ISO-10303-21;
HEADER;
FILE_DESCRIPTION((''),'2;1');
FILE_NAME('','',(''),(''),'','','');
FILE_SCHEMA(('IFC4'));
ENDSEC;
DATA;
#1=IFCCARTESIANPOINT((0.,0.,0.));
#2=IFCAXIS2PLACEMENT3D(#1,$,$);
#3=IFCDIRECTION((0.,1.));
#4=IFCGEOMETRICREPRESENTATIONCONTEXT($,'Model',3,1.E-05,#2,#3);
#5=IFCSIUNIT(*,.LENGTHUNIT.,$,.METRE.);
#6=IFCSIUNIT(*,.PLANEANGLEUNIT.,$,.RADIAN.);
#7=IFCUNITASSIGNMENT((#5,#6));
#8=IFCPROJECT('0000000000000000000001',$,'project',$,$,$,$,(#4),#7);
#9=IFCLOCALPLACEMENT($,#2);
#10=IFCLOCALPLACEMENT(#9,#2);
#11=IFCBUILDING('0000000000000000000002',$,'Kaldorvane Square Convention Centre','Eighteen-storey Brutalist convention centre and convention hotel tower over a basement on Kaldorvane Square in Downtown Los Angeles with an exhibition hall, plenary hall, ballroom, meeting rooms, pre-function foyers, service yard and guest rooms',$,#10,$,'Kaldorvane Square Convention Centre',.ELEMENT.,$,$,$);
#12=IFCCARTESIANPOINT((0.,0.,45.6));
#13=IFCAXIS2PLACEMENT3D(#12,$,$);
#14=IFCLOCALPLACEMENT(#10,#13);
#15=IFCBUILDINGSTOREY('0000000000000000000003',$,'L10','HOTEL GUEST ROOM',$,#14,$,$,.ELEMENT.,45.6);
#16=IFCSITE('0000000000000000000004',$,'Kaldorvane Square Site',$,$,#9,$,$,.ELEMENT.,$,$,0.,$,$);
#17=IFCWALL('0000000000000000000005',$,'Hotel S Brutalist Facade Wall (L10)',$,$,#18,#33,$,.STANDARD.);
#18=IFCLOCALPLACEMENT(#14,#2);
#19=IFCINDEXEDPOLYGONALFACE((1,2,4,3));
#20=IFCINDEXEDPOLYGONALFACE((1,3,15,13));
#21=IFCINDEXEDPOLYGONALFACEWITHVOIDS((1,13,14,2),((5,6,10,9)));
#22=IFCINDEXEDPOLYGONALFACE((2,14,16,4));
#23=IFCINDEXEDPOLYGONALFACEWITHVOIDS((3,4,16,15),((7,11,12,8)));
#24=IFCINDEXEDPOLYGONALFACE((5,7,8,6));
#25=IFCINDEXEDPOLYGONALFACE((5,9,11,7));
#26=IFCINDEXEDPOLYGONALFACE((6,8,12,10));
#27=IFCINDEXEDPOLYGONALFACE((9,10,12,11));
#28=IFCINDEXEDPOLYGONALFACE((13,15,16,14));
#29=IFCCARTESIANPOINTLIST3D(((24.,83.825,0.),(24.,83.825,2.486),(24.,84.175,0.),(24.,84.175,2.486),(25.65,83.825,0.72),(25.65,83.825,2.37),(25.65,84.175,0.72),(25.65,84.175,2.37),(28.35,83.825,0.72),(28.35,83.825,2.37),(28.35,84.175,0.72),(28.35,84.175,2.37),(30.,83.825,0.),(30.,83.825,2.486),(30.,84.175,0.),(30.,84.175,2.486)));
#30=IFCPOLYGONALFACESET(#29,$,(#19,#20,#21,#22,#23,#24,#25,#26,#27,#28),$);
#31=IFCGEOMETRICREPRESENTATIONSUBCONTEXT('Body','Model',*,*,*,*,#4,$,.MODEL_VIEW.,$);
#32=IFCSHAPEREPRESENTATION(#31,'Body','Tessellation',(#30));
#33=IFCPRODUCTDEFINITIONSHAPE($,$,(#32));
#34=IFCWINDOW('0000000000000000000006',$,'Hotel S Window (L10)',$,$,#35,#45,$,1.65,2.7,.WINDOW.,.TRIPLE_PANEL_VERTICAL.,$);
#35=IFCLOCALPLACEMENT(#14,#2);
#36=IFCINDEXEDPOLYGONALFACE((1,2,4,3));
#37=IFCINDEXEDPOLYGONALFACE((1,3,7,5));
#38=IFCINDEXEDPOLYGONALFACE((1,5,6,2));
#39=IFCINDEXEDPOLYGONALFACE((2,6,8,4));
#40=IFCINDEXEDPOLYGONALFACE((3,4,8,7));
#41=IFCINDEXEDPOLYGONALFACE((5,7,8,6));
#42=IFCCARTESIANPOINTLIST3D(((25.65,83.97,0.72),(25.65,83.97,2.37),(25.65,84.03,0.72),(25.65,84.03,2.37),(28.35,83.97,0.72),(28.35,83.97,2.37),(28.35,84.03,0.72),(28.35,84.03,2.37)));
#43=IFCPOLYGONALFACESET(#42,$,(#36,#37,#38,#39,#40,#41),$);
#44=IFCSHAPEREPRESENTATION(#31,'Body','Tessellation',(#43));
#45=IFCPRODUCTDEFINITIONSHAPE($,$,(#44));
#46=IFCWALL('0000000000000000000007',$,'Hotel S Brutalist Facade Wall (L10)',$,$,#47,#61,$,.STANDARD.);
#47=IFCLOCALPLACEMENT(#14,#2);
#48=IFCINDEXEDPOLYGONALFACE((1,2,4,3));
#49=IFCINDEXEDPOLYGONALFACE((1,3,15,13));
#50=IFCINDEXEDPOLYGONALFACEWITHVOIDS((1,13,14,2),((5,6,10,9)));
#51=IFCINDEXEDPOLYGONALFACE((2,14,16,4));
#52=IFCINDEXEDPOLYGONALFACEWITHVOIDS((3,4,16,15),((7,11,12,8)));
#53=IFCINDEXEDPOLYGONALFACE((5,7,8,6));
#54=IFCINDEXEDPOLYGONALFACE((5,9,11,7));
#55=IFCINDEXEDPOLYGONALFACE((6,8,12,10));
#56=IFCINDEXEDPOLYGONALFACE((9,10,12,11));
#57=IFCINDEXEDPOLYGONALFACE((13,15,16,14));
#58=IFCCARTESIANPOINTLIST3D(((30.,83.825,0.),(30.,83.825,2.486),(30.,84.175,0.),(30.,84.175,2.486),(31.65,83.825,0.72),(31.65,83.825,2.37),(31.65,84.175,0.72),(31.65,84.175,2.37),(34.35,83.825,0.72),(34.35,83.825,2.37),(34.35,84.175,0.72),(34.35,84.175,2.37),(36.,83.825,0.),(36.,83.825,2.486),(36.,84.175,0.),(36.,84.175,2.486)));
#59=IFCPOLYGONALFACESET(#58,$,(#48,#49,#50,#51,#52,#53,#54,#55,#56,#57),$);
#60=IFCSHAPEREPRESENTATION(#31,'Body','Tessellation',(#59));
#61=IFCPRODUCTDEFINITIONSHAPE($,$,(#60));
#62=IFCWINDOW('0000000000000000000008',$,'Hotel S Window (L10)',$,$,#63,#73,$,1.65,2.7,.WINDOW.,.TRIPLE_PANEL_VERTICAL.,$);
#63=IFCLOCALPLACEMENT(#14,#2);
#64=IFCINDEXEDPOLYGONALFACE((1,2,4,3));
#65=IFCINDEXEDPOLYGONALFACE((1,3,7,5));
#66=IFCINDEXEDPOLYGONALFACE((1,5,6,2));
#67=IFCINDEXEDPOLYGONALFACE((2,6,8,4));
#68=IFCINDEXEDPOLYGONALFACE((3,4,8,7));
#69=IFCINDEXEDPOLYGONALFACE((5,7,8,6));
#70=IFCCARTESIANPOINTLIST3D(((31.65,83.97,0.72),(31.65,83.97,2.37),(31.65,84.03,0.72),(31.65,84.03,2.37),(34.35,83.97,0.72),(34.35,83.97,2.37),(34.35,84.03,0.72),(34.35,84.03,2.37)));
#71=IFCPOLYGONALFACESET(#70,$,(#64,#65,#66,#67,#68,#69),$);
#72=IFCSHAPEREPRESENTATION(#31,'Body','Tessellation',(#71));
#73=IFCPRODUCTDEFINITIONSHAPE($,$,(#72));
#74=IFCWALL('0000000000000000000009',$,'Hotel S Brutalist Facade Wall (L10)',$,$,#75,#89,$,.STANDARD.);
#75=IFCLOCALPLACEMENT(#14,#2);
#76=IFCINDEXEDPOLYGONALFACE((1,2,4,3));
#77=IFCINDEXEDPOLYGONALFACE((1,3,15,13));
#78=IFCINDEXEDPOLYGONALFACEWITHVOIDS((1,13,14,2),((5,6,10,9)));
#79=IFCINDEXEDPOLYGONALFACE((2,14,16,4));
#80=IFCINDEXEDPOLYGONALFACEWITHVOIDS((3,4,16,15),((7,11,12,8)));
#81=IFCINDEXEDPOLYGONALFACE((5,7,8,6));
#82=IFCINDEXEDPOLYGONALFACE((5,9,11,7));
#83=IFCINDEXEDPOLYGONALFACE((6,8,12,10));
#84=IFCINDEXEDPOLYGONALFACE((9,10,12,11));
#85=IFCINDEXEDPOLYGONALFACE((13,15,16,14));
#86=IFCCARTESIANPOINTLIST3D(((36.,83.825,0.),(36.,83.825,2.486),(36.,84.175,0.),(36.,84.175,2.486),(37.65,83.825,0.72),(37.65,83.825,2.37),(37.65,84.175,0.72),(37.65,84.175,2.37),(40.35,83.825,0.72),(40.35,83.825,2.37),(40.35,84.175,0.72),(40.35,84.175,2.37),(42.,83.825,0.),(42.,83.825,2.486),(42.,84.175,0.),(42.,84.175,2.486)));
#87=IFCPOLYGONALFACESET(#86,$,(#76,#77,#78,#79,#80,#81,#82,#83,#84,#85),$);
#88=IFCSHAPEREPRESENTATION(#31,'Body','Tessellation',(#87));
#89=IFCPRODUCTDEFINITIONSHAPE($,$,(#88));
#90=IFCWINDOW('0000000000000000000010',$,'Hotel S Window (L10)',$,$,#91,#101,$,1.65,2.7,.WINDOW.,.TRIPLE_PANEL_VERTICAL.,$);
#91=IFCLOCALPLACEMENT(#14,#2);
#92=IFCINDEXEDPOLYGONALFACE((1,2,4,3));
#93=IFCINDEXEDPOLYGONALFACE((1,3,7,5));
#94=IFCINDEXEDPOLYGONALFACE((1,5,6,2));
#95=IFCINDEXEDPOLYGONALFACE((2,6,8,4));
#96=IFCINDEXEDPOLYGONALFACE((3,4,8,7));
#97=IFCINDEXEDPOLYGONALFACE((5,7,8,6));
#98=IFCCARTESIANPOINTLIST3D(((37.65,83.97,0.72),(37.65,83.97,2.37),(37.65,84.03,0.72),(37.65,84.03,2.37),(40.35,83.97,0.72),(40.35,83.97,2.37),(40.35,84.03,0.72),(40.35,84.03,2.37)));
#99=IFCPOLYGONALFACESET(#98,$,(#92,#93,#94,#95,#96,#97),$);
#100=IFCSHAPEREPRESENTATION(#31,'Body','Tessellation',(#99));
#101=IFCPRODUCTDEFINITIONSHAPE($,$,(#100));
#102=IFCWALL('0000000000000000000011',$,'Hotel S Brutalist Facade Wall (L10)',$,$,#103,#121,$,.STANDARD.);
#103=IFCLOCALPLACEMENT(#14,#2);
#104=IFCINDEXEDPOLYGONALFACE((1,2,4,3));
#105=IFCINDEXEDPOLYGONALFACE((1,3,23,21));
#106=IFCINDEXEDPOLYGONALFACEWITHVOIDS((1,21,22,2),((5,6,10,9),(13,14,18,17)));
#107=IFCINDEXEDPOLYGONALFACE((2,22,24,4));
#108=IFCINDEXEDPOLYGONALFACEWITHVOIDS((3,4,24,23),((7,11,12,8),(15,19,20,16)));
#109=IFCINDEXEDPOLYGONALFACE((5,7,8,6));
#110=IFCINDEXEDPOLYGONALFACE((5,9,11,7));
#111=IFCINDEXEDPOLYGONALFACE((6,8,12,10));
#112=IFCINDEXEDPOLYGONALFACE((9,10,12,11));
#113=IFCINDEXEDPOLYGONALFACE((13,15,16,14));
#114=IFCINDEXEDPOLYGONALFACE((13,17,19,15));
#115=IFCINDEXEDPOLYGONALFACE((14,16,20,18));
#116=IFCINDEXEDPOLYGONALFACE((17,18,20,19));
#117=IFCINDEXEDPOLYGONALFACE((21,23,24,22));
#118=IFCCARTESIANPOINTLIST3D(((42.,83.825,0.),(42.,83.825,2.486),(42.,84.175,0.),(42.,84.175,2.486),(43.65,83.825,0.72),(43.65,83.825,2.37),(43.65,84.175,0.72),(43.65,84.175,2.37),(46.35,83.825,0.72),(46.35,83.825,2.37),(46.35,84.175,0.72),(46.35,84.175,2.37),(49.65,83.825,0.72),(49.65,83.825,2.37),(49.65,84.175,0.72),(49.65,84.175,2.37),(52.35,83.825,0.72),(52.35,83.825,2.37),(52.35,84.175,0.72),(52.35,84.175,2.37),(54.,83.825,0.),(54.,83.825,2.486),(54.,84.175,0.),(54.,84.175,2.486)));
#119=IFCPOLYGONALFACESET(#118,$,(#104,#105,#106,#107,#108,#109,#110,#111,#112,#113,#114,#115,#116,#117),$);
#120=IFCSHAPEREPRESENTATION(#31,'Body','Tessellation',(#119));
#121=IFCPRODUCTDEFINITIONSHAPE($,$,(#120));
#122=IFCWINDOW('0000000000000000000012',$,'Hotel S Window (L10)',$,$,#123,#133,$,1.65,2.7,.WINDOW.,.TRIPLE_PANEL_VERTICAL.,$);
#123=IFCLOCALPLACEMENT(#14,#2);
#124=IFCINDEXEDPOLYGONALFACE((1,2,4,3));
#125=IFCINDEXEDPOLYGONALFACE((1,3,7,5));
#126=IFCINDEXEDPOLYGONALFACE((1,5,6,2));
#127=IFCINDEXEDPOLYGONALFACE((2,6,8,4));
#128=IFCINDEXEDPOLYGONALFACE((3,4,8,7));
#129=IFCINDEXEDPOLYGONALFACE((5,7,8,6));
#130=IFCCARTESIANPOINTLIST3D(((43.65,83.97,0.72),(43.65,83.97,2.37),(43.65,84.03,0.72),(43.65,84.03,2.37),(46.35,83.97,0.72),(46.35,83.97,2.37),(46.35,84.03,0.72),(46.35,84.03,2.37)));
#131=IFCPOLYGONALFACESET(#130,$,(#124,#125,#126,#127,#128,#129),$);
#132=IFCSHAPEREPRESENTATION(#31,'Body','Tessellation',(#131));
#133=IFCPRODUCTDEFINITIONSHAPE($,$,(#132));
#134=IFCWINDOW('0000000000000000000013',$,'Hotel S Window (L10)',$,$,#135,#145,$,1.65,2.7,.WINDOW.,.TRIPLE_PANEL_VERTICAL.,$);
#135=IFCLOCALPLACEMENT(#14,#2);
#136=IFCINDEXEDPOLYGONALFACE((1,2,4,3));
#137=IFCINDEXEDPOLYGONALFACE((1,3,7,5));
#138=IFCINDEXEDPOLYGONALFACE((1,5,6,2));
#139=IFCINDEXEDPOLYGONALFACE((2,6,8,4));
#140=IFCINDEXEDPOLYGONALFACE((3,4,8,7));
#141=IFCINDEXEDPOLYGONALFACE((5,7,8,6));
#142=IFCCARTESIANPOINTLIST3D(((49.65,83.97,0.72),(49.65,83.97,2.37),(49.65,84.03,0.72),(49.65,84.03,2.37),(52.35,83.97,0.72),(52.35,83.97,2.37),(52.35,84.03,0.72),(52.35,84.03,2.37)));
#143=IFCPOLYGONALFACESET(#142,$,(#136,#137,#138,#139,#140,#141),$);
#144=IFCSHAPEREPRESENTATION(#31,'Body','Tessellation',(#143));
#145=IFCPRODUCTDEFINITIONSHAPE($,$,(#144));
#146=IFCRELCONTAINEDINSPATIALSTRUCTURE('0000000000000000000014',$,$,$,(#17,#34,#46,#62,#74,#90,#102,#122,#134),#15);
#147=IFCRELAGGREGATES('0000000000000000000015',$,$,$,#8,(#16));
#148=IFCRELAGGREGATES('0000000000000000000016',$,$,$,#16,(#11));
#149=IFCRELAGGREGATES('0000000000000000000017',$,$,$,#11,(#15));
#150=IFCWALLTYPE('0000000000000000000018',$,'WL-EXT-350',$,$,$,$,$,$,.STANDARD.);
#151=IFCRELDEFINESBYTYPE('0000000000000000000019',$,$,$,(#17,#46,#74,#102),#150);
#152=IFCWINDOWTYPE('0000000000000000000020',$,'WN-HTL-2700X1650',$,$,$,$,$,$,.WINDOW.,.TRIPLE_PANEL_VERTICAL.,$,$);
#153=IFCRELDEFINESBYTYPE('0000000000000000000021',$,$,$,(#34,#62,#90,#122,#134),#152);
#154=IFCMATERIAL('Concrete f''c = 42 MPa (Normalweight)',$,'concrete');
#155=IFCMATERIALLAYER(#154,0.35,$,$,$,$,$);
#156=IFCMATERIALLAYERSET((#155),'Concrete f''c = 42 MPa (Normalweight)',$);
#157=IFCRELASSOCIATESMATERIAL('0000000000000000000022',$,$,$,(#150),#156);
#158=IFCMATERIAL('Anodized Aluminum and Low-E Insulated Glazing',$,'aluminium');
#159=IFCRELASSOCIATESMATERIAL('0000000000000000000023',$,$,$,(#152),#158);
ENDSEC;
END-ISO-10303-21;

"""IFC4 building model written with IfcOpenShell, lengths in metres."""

from ifc_helpers import new_model, si_unit, direction, frame, frame_2d, origin, place, context, subcontext, project, spatial, rectangle, extrude, material, layer, layer_set, type_object, element, fill, save


model = new_model("IFC4")

# Units and contexts
model_context = context("Model", 3, precision=1e-05, world=origin(), true_north=direction((0.0, 1.0)))
body_context = subcontext(model_context, "Body", "Model", "MODEL_VIEW")
ifc_project = project(units=[si_unit("LENGTHUNIT", "METRE"), si_unit("PLANEANGLEUNIT", "RADIAN")], contexts=[model_context])

# Site, building, storey
site_placement = place(None, origin())
site = spatial("IfcSite", under=ifc_project, at=site_placement, Name="Kaldorvane Square Site", CompositionType="ELEMENT", RefElevation=0.0)
building_placement = place(site_placement, origin())
building = spatial("IfcBuilding", under=site, at=building_placement, Name="Kaldorvane Square Convention Centre", Description="Eighteen-storey Brutalist convention centre and convention hotel tower over a basement on Kaldorvane Square in Downtown Los Angeles with an exhibition hall, plenary hall, ballroom, meeting rooms, pre-function foyers, service yard and guest rooms", LongName="Kaldorvane Square Convention Centre", CompositionType="ELEMENT")
storey_placement = place(building_placement, frame((0.0, 0.0, 45.6)))
storey = spatial("IfcBuildingStorey", under=building, at=storey_placement, Name="L10", Description="HOTEL GUEST ROOM", CompositionType="ELEMENT", Elevation=45.6)

# Shared definitions
ifc_material_1 = material(Name="Concrete f'c = 42 MPa (Normalweight)", Category="concrete")

# Walls, openings, windows
ifc_layer = layer(ifc_material_1, 0.35)
ifc_layer_set = layer_set([ifc_layer], Name="Concrete f'c = 42 MPa (Normalweight)")
wall_type = type_object("IfcWallType", Name="WL-EXT-350", PredefinedType="STANDARD", material=ifc_layer_set)
wall_1_placement = place(storey_placement, frame((24.0, 84.0, 0.0), z_axis=(0.0, 0.0, 1.0), x_axis=(1.0, 0.0, 0.0)))
wall_1 = element("IfcWall", 1, at=wall_1_placement, inside=storey, type_object=wall_type, Name="Hotel S Brutalist Facade Wall (L10)", PredefinedType="STANDARD", context=body_context, shape_type="SweptSolid", body=[
    extrude(rectangle(XDim=6.0, YDim=0.35, at=frame_2d((3.0, 0.0))), origin(), (0.0, 0.0, 1.0), 2.486),
])
opening_1_placement = place(wall_1_placement, frame((1.65, 0.0, 0.72)))
opening_1 = element("IfcOpeningElement", 2, at=opening_1_placement, cuts=wall_1, PredefinedType="OPENING", context=body_context, shape_type="SweptSolid", body=[
    extrude(rectangle(XDim=2.7, YDim=1.65, at=frame_2d((1.35, 0.825))), frame((0.0, 0.19, 0.0), z_axis=(0.0, -1.0, 0.0), x_axis=(1.0, 0.0, 0.0)), (0.0, 0.0, 1.0), 0.38),
])
ifc_material_2 = material(Name="Anodized Aluminum and Low-E Insulated Glazing", Category="aluminium")
window_type_1 = type_object("IfcWindowType", Name="WN-HTL-2700X1650", PartitioningType="TRIPLE_PANEL_VERTICAL", PredefinedType="WINDOW", material=ifc_material_2)
window_1_placement = place(opening_1_placement, origin())
window_1 = element("IfcWindow", 3, at=window_1_placement, inside=storey, type_object=window_type_1, Name="Hotel S Window (L10)", OverallHeight=1.65, OverallWidth=2.7, PartitioningType="TRIPLE_PANEL_VERTICAL", PredefinedType="WINDOW", context=body_context, shape_type="SweptSolid", body=[
    extrude(rectangle(XDim=2.7, YDim=1.65, at=frame_2d((1.35, 0.825))), frame((0.0, 0.03, 0.0), z_axis=(0.0, -1.0, 0.0), x_axis=(1.0, 0.0, 0.0)), (0.0, 0.0, 1.0), 0.06),
])
fill(opening_1, window_1)
wall_2_placement = place(storey_placement, frame((30.0, 84.0, 0.0), z_axis=(0.0, 0.0, 1.0), x_axis=(1.0, 0.0, 0.0)))
wall_2 = element("IfcWall", 4, at=wall_2_placement, inside=storey, type_object=wall_type, Name="Hotel S Brutalist Facade Wall (L10)", PredefinedType="STANDARD", context=body_context, shape_type="SweptSolid", body=[
    extrude(rectangle(XDim=6.0, YDim=0.35, at=frame_2d((3.0, 0.0))), origin(), (0.0, 0.0, 1.0), 2.486),
])
opening_2_placement = place(wall_2_placement, frame((1.65, 0.0, 0.72)))
opening_2 = element("IfcOpeningElement", 5, at=opening_2_placement, cuts=wall_2, PredefinedType="OPENING", context=body_context, shape_type="SweptSolid", body=[
    extrude(rectangle(XDim=2.7, YDim=1.65, at=frame_2d((1.35, 0.825))), frame((0.0, 0.19, 0.0), z_axis=(0.0, -1.0, 0.0), x_axis=(1.0, 0.0, 0.0)), (0.0, 0.0, 1.0), 0.38),
])
window_2_placement = place(opening_2_placement, origin())
window_2 = element("IfcWindow", 6, at=window_2_placement, inside=storey, type_object=window_type_1, Name="Hotel S Window (L10)", OverallHeight=1.65, OverallWidth=2.7, PartitioningType="TRIPLE_PANEL_VERTICAL", PredefinedType="WINDOW", context=body_context, shape_type="SweptSolid", body=[
    extrude(rectangle(XDim=2.7, YDim=1.65, at=frame_2d((1.35, 0.825))), frame((0.0, 0.03, 0.0), z_axis=(0.0, -1.0, 0.0), x_axis=(1.0, 0.0, 0.0)), (0.0, 0.0, 1.0), 0.06),
])
fill(opening_2, window_2)
wall_3_placement = place(storey_placement, frame((36.0, 84.0, 0.0), z_axis=(0.0, 0.0, 1.0), x_axis=(1.0, 0.0, 0.0)))
wall_3 = element("IfcWall", 7, at=wall_3_placement, inside=storey, type_object=wall_type, Name="Hotel S Brutalist Facade Wall (L10)", PredefinedType="STANDARD", context=body_context, shape_type="SweptSolid", body=[
    extrude(rectangle(XDim=6.0, YDim=0.35, at=frame_2d((3.0, 0.0))), origin(), (0.0, 0.0, 1.0), 2.486),
])
opening_3_placement = place(wall_3_placement, frame((1.65, 0.0, 0.72)))
opening_3 = element("IfcOpeningElement", 8, at=opening_3_placement, cuts=wall_3, PredefinedType="OPENING", context=body_context, shape_type="SweptSolid", body=[
    extrude(rectangle(XDim=2.7, YDim=1.65, at=frame_2d((1.35, 0.825))), frame((0.0, 0.19, 0.0), z_axis=(0.0, -1.0, 0.0), x_axis=(1.0, 0.0, 0.0)), (0.0, 0.0, 1.0), 0.38),
])
window_3_placement = place(opening_3_placement, origin())
window_3 = element("IfcWindow", 9, at=window_3_placement, inside=storey, type_object=window_type_1, Name="Hotel S Window (L10)", OverallHeight=1.65, OverallWidth=2.7, PartitioningType="TRIPLE_PANEL_VERTICAL", PredefinedType="WINDOW", context=body_context, shape_type="SweptSolid", body=[
    extrude(rectangle(XDim=2.7, YDim=1.65, at=frame_2d((1.35, 0.825))), frame((0.0, 0.03, 0.0), z_axis=(0.0, -1.0, 0.0), x_axis=(1.0, 0.0, 0.0)), (0.0, 0.0, 1.0), 0.06),
])
fill(opening_3, window_3)

# Wall, openings, windows
wall_4_placement = place(storey_placement, frame((42.0, 84.0, 0.0), z_axis=(0.0, 0.0, 1.0), x_axis=(1.0, 0.0, 0.0)))
wall_4 = element("IfcWall", 10, at=wall_4_placement, inside=storey, type_object=wall_type, Name="Hotel S Brutalist Facade Wall (L10)", PredefinedType="STANDARD", context=body_context, shape_type="SweptSolid", body=[
    extrude(rectangle(XDim=12.0, YDim=0.35, at=frame_2d((6.0, 0.0))), origin(), (0.0, 0.0, 1.0), 2.486),
])
opening_4_placement = place(wall_4_placement, frame((1.65, 0.0, 0.72)))
opening_4 = element("IfcOpeningElement", 11, at=opening_4_placement, cuts=wall_4, PredefinedType="OPENING", context=body_context, shape_type="SweptSolid", body=[
    extrude(rectangle(XDim=2.7, YDim=1.65, at=frame_2d((1.35, 0.825))), frame((0.0, 0.19, 0.0), z_axis=(0.0, -1.0, 0.0), x_axis=(1.0, 0.0, 0.0)), (0.0, 0.0, 1.0), 0.38),
])
opening_5_placement = place(wall_4_placement, frame((7.65, 0.0, 0.72)))
opening_5 = element("IfcOpeningElement", 12, at=opening_5_placement, cuts=wall_4, PredefinedType="OPENING", context=body_context, shape_type="SweptSolid", body=[
    extrude(rectangle(XDim=2.7, YDim=1.65, at=frame_2d((1.35, 0.825))), frame((0.0, 0.19, 0.0), z_axis=(0.0, -1.0, 0.0), x_axis=(1.0, 0.0, 0.0)), (0.0, 0.0, 1.0), 0.38),
])
window_4_placement = place(opening_4_placement, origin())
window_4 = element("IfcWindow", 13, at=window_4_placement, inside=storey, type_object=window_type_1, Name="Hotel S Window (L10)", OverallHeight=1.65, OverallWidth=2.7, PartitioningType="TRIPLE_PANEL_VERTICAL", PredefinedType="WINDOW", context=body_context, shape_type="SweptSolid", body=[
    extrude(rectangle(XDim=2.7, YDim=1.65, at=frame_2d((1.35, 0.825))), frame((0.0, 0.03, 0.0), z_axis=(0.0, -1.0, 0.0), x_axis=(1.0, 0.0, 0.0)), (0.0, 0.0, 1.0), 0.06),
])
fill(opening_4, window_4)
window_5_placement = place(opening_5_placement, origin())
window_5 = element("IfcWindow", 14, at=window_5_placement, inside=storey, type_object=window_type_1, Name="Hotel S Window (L10)", OverallHeight=1.65, OverallWidth=2.7, PartitioningType="TRIPLE_PANEL_VERTICAL", PredefinedType="WINDOW", context=body_context, shape_type="SweptSolid", body=[
    extrude(rectangle(XDim=2.7, YDim=1.65, at=frame_2d((1.35, 0.825))), frame((0.0, 0.03, 0.0), z_axis=(0.0, -1.0, 0.0), x_axis=(1.0, 0.0, 0.0)), (0.0, 0.0, 1.0), 0.06),
])
fill(opening_5, window_5)

save(model, "model.ifc")
